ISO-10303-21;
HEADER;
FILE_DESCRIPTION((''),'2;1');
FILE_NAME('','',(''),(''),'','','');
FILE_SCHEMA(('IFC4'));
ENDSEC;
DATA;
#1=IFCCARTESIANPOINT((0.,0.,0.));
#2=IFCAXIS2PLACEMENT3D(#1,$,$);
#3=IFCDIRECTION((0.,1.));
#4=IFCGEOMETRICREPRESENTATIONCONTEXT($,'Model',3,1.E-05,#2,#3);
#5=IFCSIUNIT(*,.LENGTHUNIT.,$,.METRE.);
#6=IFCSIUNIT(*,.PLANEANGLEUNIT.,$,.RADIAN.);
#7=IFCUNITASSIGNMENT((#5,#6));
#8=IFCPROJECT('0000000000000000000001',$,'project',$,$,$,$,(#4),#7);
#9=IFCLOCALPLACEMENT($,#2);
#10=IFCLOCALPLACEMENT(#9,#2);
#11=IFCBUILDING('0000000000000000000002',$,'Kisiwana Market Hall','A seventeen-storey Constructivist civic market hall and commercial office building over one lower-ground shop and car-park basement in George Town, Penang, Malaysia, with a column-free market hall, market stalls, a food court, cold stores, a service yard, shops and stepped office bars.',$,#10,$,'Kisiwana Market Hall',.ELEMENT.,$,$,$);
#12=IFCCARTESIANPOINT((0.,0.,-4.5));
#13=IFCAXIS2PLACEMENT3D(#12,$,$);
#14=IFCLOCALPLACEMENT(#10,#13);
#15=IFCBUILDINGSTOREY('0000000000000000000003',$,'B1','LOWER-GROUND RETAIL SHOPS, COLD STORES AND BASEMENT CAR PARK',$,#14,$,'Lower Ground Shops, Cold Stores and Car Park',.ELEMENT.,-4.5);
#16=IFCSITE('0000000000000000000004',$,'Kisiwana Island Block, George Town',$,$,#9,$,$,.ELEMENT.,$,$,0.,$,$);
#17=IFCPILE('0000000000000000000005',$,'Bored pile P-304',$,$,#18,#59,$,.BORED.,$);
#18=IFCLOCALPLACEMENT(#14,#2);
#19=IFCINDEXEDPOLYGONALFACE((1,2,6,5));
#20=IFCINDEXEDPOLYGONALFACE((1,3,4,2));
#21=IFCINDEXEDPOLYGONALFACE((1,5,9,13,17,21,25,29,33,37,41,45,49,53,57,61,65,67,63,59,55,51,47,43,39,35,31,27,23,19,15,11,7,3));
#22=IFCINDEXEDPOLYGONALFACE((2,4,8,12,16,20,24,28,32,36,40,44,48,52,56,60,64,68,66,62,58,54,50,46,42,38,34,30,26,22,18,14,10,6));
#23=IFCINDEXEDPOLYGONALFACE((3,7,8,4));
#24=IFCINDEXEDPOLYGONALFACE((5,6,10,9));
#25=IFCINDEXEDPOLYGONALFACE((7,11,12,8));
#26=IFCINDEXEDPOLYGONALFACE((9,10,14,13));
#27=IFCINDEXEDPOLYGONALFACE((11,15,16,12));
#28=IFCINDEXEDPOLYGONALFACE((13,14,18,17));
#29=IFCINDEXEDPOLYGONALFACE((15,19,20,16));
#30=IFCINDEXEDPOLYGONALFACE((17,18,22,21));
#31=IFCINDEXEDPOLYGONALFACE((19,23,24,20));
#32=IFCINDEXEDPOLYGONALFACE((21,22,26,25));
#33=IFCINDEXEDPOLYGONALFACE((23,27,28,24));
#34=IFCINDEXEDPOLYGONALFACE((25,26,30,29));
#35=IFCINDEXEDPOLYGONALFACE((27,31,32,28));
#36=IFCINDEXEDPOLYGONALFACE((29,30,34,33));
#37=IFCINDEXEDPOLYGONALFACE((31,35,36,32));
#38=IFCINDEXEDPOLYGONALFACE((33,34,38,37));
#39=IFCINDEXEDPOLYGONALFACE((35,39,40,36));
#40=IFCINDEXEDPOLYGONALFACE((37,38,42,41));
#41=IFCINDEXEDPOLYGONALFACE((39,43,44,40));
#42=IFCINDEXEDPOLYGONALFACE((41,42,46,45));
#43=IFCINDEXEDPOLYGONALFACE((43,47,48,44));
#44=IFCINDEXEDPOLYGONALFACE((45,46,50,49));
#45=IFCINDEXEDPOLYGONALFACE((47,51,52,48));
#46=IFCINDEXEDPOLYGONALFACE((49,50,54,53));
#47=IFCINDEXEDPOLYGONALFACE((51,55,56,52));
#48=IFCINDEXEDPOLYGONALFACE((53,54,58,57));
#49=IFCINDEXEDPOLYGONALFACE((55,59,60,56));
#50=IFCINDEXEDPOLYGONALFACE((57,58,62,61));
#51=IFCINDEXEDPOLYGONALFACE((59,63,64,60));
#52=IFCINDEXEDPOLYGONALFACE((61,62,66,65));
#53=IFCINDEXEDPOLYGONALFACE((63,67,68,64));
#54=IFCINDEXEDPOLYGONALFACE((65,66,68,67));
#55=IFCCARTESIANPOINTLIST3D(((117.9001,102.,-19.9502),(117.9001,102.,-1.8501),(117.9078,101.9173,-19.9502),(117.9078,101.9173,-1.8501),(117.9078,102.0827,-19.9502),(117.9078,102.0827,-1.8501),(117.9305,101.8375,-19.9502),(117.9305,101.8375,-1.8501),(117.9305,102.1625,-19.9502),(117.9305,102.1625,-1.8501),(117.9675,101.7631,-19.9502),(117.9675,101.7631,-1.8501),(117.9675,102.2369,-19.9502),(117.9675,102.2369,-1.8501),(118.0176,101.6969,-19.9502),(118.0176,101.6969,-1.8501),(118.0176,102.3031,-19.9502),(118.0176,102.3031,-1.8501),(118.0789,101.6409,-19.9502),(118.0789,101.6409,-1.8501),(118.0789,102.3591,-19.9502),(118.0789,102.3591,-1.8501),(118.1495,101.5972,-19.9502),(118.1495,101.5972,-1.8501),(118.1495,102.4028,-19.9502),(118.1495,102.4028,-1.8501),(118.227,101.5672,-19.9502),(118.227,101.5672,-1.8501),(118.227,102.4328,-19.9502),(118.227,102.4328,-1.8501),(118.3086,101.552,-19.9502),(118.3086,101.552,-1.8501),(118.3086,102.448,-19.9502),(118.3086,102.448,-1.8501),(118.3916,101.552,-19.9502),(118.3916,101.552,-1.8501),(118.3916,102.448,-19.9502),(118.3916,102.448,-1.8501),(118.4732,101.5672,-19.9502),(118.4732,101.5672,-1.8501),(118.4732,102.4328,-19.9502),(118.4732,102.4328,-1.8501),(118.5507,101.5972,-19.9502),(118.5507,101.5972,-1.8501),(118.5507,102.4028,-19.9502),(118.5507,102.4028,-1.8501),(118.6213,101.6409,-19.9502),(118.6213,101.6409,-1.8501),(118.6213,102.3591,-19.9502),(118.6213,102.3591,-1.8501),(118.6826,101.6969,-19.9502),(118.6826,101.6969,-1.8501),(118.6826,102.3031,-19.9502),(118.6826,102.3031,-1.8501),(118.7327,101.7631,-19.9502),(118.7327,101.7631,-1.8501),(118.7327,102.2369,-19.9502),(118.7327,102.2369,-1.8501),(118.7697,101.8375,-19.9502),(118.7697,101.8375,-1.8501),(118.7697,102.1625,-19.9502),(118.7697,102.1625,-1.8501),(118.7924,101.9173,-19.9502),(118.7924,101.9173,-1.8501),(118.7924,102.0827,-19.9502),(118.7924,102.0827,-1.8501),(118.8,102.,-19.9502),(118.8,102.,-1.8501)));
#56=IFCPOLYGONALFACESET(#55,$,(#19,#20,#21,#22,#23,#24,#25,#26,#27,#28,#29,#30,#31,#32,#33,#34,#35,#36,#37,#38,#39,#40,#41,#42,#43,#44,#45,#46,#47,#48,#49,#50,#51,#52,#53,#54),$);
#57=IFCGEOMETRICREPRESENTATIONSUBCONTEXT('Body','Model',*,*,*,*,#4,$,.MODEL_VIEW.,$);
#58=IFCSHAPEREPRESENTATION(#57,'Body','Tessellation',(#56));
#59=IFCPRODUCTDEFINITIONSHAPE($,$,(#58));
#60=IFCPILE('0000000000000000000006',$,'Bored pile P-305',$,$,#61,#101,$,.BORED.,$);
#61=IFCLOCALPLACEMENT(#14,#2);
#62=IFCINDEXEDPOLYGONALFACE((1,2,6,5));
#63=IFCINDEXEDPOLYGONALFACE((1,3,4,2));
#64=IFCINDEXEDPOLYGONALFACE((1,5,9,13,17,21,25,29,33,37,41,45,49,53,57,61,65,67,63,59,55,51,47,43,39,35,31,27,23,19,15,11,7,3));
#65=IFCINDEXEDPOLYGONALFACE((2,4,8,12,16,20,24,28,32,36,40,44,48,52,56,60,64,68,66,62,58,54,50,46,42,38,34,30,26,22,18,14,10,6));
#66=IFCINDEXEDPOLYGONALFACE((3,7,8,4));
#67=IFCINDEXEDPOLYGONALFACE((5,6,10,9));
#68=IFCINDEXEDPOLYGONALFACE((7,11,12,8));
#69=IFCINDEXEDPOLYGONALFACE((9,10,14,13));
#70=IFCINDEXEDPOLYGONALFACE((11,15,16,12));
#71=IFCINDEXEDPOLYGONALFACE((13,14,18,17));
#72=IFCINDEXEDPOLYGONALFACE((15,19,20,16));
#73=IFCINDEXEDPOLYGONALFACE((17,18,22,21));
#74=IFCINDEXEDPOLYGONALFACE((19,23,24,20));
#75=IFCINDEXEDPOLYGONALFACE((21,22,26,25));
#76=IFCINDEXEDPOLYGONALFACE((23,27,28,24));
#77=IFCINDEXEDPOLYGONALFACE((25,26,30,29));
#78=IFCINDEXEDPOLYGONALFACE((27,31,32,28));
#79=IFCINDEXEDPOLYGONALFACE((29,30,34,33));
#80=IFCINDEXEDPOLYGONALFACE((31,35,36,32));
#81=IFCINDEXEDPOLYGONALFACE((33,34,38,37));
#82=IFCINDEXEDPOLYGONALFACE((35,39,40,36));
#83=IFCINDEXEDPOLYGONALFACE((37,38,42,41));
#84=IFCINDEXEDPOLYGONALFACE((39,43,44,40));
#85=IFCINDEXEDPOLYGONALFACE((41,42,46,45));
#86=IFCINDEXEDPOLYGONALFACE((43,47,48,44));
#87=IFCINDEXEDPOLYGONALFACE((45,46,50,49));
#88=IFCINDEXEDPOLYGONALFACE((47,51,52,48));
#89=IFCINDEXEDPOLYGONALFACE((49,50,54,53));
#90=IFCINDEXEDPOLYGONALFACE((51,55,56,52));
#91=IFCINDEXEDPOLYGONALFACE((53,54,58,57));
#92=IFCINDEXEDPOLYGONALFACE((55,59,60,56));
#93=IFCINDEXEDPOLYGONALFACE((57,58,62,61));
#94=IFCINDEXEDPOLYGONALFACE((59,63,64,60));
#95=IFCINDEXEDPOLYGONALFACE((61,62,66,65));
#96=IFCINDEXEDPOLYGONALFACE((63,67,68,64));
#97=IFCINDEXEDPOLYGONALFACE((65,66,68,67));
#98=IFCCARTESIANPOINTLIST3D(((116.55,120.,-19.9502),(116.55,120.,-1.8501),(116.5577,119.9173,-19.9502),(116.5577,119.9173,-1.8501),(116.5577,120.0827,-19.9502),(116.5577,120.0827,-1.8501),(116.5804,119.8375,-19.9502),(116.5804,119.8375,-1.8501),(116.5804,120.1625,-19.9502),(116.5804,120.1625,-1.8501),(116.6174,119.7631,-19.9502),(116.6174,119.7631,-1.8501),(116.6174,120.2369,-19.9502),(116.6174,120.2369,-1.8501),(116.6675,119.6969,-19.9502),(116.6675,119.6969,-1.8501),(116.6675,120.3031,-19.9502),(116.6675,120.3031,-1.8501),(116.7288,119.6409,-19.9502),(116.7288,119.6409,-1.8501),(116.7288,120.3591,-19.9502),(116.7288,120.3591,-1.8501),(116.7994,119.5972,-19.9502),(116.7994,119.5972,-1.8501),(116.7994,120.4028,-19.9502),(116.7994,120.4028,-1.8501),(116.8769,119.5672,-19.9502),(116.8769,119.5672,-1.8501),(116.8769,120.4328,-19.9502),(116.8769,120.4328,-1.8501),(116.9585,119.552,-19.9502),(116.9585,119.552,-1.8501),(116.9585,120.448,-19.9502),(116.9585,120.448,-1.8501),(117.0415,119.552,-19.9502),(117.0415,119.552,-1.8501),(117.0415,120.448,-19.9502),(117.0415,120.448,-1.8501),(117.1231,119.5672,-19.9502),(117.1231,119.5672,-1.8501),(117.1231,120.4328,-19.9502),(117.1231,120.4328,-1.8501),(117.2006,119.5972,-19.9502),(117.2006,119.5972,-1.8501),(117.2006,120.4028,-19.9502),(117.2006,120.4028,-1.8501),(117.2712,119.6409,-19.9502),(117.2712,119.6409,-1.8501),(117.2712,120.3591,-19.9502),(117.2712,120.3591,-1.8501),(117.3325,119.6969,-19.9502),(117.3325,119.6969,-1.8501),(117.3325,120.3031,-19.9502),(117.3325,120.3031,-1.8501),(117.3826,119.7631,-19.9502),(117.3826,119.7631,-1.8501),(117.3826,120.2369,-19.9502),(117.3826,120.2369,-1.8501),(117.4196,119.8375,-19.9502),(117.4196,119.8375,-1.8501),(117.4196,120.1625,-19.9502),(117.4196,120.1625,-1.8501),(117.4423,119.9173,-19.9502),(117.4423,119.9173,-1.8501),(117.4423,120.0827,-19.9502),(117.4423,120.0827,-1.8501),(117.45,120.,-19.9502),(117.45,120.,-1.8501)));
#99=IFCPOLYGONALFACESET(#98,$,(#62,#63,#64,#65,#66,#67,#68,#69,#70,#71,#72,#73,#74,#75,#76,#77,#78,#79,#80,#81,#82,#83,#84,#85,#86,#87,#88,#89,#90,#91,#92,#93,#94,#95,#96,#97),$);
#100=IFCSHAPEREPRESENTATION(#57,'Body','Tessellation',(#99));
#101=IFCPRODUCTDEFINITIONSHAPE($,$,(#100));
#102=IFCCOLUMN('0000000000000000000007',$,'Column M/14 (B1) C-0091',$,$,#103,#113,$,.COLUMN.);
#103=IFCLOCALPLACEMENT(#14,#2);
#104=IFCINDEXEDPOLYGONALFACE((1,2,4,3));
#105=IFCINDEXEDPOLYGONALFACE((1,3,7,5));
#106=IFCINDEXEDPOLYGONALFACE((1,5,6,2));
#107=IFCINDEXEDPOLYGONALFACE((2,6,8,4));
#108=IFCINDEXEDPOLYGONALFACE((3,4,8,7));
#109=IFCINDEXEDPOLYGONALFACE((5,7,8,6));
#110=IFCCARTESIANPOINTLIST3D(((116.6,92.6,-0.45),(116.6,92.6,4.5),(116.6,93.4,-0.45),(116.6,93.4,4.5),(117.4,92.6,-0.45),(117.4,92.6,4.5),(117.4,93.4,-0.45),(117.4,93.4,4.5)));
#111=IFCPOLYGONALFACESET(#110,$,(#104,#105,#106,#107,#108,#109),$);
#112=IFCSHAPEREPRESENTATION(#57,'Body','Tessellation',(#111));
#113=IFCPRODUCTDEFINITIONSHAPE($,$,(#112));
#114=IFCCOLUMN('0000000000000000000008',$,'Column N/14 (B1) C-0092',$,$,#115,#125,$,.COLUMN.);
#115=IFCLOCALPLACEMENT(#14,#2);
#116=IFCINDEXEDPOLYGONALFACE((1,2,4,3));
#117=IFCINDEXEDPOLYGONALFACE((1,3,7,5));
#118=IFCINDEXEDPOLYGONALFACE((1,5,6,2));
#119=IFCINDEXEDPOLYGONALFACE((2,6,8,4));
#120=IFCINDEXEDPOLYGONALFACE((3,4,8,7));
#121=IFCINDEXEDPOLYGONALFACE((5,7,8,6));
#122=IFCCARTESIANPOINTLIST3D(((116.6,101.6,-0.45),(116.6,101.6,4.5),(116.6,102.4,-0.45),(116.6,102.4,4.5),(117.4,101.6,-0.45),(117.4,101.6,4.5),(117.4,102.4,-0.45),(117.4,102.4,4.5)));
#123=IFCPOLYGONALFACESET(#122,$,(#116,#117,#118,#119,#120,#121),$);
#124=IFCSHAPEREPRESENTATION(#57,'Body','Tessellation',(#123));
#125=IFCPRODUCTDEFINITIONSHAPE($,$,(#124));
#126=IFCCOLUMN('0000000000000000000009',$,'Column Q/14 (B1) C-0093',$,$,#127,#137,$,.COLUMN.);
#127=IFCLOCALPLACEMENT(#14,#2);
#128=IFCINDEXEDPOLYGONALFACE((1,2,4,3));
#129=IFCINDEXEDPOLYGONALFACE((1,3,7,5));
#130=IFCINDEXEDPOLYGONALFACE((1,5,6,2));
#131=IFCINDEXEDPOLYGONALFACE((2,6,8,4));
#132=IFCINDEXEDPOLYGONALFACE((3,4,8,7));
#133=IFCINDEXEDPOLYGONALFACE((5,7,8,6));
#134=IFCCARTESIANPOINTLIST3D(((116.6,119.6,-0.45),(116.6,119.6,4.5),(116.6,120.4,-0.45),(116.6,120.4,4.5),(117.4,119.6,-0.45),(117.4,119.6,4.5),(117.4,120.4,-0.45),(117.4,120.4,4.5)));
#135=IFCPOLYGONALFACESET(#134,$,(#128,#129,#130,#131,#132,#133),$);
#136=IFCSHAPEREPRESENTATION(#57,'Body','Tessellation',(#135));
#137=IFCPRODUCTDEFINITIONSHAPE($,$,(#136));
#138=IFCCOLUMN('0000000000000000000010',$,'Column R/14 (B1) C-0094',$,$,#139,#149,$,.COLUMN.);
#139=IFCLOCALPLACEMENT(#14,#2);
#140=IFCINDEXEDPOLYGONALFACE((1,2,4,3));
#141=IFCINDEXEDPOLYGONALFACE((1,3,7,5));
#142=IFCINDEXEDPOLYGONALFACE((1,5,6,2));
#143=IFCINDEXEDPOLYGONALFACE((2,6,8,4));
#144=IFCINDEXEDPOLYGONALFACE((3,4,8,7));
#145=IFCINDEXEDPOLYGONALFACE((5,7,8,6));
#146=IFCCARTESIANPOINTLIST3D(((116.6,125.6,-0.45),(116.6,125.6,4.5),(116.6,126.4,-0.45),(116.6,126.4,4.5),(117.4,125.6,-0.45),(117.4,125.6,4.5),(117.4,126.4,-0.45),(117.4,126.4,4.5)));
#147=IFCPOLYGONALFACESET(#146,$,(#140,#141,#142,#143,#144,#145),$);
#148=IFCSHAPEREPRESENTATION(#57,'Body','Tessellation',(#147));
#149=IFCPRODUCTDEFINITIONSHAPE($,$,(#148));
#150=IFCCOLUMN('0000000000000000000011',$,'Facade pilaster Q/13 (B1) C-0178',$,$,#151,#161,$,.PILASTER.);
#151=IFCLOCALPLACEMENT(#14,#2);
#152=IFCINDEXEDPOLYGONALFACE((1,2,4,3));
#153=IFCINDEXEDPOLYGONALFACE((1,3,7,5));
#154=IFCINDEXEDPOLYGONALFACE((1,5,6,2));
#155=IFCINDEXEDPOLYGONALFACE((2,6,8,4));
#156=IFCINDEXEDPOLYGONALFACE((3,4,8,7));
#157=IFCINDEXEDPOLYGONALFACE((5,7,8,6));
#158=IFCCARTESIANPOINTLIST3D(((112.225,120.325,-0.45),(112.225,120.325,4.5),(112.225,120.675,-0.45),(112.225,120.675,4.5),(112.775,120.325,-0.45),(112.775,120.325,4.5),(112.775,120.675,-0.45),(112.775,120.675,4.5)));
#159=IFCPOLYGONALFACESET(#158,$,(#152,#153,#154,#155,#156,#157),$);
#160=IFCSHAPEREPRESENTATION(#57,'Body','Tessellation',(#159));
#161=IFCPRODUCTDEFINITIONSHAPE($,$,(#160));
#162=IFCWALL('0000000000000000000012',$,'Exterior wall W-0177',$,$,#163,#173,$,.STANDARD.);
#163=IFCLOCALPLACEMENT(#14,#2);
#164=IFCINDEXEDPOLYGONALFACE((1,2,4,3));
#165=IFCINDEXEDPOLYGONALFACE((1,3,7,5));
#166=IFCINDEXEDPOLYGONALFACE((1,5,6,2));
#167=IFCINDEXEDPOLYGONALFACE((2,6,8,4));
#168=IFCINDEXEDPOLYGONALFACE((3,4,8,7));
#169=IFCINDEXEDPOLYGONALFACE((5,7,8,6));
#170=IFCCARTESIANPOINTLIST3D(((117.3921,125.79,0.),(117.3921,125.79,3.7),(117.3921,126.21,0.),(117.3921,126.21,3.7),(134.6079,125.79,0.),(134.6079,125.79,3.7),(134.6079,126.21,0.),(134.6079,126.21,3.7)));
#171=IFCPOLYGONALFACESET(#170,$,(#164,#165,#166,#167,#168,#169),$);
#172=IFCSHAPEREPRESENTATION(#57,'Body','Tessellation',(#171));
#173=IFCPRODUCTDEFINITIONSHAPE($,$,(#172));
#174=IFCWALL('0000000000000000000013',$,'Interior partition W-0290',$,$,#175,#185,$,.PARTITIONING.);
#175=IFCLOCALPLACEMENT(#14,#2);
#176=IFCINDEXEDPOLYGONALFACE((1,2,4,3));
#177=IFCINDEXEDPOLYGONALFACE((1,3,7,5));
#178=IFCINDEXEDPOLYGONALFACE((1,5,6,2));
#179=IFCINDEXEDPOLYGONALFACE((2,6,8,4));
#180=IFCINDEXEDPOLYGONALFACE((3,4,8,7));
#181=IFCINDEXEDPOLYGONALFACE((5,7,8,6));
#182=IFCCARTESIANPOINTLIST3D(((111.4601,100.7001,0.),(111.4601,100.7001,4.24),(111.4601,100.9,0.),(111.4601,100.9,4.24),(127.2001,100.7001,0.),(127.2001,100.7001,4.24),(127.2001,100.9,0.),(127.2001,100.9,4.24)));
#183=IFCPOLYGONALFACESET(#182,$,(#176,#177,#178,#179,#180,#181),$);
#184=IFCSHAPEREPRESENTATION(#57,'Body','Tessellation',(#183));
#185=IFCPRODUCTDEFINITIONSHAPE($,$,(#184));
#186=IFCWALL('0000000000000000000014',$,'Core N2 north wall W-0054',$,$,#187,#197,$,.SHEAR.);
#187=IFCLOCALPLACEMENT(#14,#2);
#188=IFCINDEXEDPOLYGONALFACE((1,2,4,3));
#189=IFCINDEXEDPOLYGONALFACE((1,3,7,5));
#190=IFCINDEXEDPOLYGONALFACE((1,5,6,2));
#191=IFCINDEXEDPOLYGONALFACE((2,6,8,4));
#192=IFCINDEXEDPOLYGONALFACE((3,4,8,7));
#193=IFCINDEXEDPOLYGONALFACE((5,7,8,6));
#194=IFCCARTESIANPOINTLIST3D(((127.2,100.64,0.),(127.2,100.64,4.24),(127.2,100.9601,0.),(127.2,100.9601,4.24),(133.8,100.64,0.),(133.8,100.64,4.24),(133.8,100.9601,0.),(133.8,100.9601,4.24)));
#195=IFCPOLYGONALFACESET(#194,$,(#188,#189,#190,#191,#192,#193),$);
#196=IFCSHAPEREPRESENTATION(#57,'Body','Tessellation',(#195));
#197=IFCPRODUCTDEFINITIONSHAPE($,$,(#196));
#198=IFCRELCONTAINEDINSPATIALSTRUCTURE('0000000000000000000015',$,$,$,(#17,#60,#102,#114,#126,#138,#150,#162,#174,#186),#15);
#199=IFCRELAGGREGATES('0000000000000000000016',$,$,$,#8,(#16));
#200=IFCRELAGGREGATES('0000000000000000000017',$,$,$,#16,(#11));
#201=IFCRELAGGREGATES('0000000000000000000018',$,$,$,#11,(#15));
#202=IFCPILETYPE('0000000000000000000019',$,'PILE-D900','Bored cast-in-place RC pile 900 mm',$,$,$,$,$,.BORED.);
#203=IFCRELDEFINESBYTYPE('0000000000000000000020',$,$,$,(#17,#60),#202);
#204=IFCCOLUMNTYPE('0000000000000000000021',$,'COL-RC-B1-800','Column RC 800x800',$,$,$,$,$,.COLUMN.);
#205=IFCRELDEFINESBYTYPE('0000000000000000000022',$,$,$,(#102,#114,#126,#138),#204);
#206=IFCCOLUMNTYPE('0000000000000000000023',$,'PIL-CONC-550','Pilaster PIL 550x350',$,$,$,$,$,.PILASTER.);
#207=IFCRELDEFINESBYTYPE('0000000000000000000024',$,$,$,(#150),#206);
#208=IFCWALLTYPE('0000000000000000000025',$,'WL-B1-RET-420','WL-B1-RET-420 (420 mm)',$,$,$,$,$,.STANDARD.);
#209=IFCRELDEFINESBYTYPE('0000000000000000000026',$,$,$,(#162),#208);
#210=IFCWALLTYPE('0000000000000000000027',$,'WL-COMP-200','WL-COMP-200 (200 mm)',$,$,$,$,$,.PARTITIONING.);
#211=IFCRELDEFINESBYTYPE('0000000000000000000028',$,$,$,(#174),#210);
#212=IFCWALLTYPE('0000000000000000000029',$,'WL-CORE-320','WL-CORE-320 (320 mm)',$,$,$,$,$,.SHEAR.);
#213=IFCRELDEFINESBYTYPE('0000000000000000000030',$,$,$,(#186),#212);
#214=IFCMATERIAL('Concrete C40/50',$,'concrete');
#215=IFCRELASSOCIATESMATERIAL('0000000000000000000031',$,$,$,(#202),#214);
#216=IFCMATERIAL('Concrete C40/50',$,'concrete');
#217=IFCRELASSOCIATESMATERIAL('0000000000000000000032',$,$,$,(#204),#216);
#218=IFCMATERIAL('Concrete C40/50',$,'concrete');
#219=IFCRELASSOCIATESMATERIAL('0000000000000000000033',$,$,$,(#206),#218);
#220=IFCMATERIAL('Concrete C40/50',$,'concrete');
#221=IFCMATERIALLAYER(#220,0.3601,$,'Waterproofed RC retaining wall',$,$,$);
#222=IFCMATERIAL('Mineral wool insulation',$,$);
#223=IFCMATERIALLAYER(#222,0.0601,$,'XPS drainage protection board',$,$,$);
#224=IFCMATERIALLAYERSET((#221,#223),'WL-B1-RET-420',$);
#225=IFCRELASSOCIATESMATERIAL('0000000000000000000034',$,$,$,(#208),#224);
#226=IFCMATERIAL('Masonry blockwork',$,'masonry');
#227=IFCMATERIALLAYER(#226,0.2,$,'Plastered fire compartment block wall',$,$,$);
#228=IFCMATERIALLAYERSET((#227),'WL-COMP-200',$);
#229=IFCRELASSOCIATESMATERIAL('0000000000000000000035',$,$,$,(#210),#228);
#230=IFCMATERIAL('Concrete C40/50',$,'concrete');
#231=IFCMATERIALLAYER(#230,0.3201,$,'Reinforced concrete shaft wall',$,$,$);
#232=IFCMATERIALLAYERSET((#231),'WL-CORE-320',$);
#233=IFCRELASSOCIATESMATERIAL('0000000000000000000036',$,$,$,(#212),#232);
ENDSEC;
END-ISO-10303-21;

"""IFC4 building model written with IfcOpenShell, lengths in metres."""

from ifc_helpers import new_model, si_unit, direction, frame, frame_2d, origin, origin_2d, place, context, subcontext, project, spatial, rectangle, circle, extrude, material, layer, layer_set, material_profile, profile_set, type_object, element, save


model = new_model("IFC4")

# Units and contexts
model_context = context("Model", 3, precision=1e-05, world=origin(), true_north=direction((0.0, 1.0)))
body_context = subcontext(model_context, "Body", "Model", "MODEL_VIEW")
ifc_project = project(units=[si_unit("LENGTHUNIT", "METRE"), si_unit("PLANEANGLEUNIT", "RADIAN")], contexts=[model_context])

# Site, building, storey
site_placement = place(None, origin())
site = spatial("IfcSite", under=ifc_project, at=site_placement, Name="Kisiwana Island Block, George Town", CompositionType="ELEMENT", RefElevation=0.0)
building_placement = place(site_placement, origin())
building = spatial("IfcBuilding", under=site, at=building_placement, Name="Kisiwana Market Hall", Description="A seventeen-storey Constructivist civic market hall and commercial office building over one lower-ground shop and car-park basement in George Town, Penang, Malaysia, with a column-free market hall, market stalls, a food court, cold stores, a service yard, shops and stepped office bars.", LongName="Kisiwana Market Hall", CompositionType="ELEMENT")
storey_placement = place(building_placement, frame((0.0, 0.0, -4.5)))
storey = spatial("IfcBuildingStorey", under=building, at=storey_placement, Name="B1", Description="LOWER-GROUND RETAIL SHOPS, COLD STORES AND BASEMENT CAR PARK", LongName="Lower Ground Shops, Cold Stores and Car Park", CompositionType="ELEMENT", Elevation=-4.5)

# Piles
ifc_material_1 = material(Name="Concrete C40/50", Category="concrete")
ifc_material_profile_1 = material_profile(ifc_material_1, circle(Radius=0.45, at=origin_2d()), Name="BP D900")
ifc_profile_set_1 = profile_set([ifc_material_profile_1], Name="Concrete C40/50")
pile_type_1 = type_object("IfcPileType", Name="PILE-D900", Description="Bored cast-in-place RC pile 900 mm", PredefinedType="BORED", material=ifc_profile_set_1)
for number, where, z_axis, x_axis, name in (
    (1, (118.3501, 102.0, -1.8501), (0.0, 0.0, -1.0), (1.0, 0.0, 0.0), "Bored pile P-304"),
    (2, (117.0, 120.0, -1.8501), (0.0, 0.0, -1.0), (1.0, 0.0, 0.0), "Bored pile P-305"),
):
    element("IfcPile", number, at=place(storey_placement, frame(where, z_axis=z_axis, x_axis=x_axis)), inside=storey, type_object=pile_type_1, Name=name, PredefinedType="BORED", context=body_context, shape_type="SweptSolid", body=[
        extrude(circle(Radius=0.45, at=origin_2d()), origin(), (0.0, 0.0, 1.0), 18.1001),
    ])

# Columns
ifc_material_2 = material(Name="Concrete C40/50", Category="concrete")
ifc_material_profile_2 = material_profile(ifc_material_2, rectangle(XDim=0.8, YDim=0.8, at=origin_2d()), Name="RC 800x800")
ifc_profile_set_2 = profile_set([ifc_material_profile_2], Name="Concrete C40/50")
column_type_1 = type_object("IfcColumnType", Name="COL-RC-B1-800", Description="Column RC 800x800", PredefinedType="COLUMN", material=ifc_profile_set_2)
for number, where, z_axis, x_axis, name in (
    (3, (117.0, 93.0, -0.45), (0.0, 0.0, 1.0), (1.0, 0.0, 0.0), "Column M/14 (B1) C-0091"),
    (4, (117.0, 102.0, -0.45), (0.0, 0.0, 1.0), (1.0, 0.0, 0.0), "Column N/14 (B1) C-0092"),
    (5, (117.0, 120.0, -0.45), (0.0, 0.0, 1.0), (1.0, 0.0, 0.0), "Column Q/14 (B1) C-0093"),
    (6, (117.0, 126.0, -0.45), (0.0, 0.0, 1.0), (1.0, 0.0, 0.0), "Column R/14 (B1) C-0094"),
):
    element("IfcColumn", number, at=place(storey_placement, frame(where, z_axis=z_axis, x_axis=x_axis)), inside=storey, type_object=column_type_1, Name=name, PredefinedType="COLUMN", context=body_context, shape_type="SweptSolid", body=[
        extrude(rectangle(XDim=0.8, YDim=0.8, at=origin_2d()), origin(), (0.0, 0.0, 1.0), 4.95),
    ])
ifc_material_3 = material(Name="Concrete C40/50", Category="concrete")
ifc_material_profile_3 = material_profile(ifc_material_3, rectangle(XDim=0.55, YDim=0.3501, at=origin_2d()), Name="PIL 550x350")
ifc_profile_set_3 = profile_set([ifc_material_profile_3], Name="Concrete C40/50")
column_type_2 = type_object("IfcColumnType", Name="PIL-CONC-550", Description="Pilaster PIL 550x350", PredefinedType="PILASTER", material=ifc_profile_set_3)
column_placement = place(storey_placement, frame((112.5, 120.5, -0.45), z_axis=(0.0, 0.0, 1.0), x_axis=(1.0, 0.0, 0.0)))
element("IfcColumn", 7, at=column_placement, inside=storey, type_object=column_type_2, Name="Facade pilaster Q/13 (B1) C-0178", PredefinedType="PILASTER", context=body_context, shape_type="SweptSolid", body=[
    extrude(rectangle(XDim=0.55, YDim=0.3501, at=origin_2d()), origin(), (0.0, 0.0, 1.0), 4.95),
])

# Walls
ifc_material_4 = material(Name="Concrete C40/50", Category="concrete")
ifc_layer_1 = layer(ifc_material_4, 0.3601, Name="Waterproofed RC retaining wall")
ifc_material_5 = material(Name="Mineral wool insulation")
ifc_layer_2 = layer(ifc_material_5, 0.0601, Name="XPS drainage protection board")
ifc_layer_set_1 = layer_set([ifc_layer_1, ifc_layer_2], Name="WL-B1-RET-420")
wall_type_1 = type_object("IfcWallType", Name="WL-B1-RET-420", Description="WL-B1-RET-420 (420 mm)", PredefinedType="STANDARD", material=ifc_layer_set_1)
wall_1_placement = place(storey_placement, frame((117.3921, 126.0, 0.0), z_axis=(0.0, 0.0, 1.0), x_axis=(1.0, 0.0, 0.0)))
element("IfcWall", 8, at=wall_1_placement, inside=storey, type_object=wall_type_1, Name="Exterior wall W-0177", PredefinedType="STANDARD", context=body_context, shape_type="SweptSolid", body=[
    extrude(rectangle(XDim=17.2158, YDim=0.4199, at=frame_2d((8.6079, 0.0))), origin(), (0.0, 0.0, 1.0), 3.7),
])
ifc_material_6 = material(Name="Masonry blockwork", Category="masonry")
ifc_layer_3 = layer(ifc_material_6, 0.2, Name="Plastered fire compartment block wall")
ifc_layer_set_2 = layer_set([ifc_layer_3], Name="WL-COMP-200")
wall_type_2 = type_object("IfcWallType", Name="WL-COMP-200", Description="WL-COMP-200 (200 mm)", PredefinedType="PARTITIONING", material=ifc_layer_set_2)
wall_2_placement = place(storey_placement, frame((111.46, 100.8, 0.0), z_axis=(0.0, 0.0, 1.0), x_axis=(1.0, 0.0, 0.0)))
element("IfcWall", 9, at=wall_2_placement, inside=storey, type_object=wall_type_2, Name="Interior partition W-0290", PredefinedType="PARTITIONING", context=body_context, shape_type="SweptSolid", body=[
    extrude(rectangle(XDim=15.74, YDim=0.2, at=frame_2d((7.8701, 0.0))), origin(), (0.0, 0.0, 1.0), 4.24),
])
ifc_material_7 = material(Name="Concrete C40/50", Category="concrete")
ifc_layer_4 = layer(ifc_material_7, 0.3201, Name="Reinforced concrete shaft wall")
ifc_layer_set_3 = layer_set([ifc_layer_4], Name="WL-CORE-320")
wall_type_3 = type_object("IfcWallType", Name="WL-CORE-320", Description="WL-CORE-320 (320 mm)", PredefinedType="SHEAR", material=ifc_layer_set_3)
wall_3_placement = place(storey_placement, frame((127.2, 100.8, 0.0), z_axis=(0.0, 0.0, 1.0), x_axis=(1.0, 0.0, 0.0)))
element("IfcWall", 10, at=wall_3_placement, inside=storey, type_object=wall_type_3, Name="Core N2 north wall W-0054", PredefinedType="SHEAR", context=body_context, shape_type="SweptSolid", body=[
    extrude(rectangle(XDim=6.6001, YDim=0.3201, at=frame_2d((3.3, 0.0))), origin(), (0.0, 0.0, 1.0), 4.24),
])

save(model, "model.ifc")
